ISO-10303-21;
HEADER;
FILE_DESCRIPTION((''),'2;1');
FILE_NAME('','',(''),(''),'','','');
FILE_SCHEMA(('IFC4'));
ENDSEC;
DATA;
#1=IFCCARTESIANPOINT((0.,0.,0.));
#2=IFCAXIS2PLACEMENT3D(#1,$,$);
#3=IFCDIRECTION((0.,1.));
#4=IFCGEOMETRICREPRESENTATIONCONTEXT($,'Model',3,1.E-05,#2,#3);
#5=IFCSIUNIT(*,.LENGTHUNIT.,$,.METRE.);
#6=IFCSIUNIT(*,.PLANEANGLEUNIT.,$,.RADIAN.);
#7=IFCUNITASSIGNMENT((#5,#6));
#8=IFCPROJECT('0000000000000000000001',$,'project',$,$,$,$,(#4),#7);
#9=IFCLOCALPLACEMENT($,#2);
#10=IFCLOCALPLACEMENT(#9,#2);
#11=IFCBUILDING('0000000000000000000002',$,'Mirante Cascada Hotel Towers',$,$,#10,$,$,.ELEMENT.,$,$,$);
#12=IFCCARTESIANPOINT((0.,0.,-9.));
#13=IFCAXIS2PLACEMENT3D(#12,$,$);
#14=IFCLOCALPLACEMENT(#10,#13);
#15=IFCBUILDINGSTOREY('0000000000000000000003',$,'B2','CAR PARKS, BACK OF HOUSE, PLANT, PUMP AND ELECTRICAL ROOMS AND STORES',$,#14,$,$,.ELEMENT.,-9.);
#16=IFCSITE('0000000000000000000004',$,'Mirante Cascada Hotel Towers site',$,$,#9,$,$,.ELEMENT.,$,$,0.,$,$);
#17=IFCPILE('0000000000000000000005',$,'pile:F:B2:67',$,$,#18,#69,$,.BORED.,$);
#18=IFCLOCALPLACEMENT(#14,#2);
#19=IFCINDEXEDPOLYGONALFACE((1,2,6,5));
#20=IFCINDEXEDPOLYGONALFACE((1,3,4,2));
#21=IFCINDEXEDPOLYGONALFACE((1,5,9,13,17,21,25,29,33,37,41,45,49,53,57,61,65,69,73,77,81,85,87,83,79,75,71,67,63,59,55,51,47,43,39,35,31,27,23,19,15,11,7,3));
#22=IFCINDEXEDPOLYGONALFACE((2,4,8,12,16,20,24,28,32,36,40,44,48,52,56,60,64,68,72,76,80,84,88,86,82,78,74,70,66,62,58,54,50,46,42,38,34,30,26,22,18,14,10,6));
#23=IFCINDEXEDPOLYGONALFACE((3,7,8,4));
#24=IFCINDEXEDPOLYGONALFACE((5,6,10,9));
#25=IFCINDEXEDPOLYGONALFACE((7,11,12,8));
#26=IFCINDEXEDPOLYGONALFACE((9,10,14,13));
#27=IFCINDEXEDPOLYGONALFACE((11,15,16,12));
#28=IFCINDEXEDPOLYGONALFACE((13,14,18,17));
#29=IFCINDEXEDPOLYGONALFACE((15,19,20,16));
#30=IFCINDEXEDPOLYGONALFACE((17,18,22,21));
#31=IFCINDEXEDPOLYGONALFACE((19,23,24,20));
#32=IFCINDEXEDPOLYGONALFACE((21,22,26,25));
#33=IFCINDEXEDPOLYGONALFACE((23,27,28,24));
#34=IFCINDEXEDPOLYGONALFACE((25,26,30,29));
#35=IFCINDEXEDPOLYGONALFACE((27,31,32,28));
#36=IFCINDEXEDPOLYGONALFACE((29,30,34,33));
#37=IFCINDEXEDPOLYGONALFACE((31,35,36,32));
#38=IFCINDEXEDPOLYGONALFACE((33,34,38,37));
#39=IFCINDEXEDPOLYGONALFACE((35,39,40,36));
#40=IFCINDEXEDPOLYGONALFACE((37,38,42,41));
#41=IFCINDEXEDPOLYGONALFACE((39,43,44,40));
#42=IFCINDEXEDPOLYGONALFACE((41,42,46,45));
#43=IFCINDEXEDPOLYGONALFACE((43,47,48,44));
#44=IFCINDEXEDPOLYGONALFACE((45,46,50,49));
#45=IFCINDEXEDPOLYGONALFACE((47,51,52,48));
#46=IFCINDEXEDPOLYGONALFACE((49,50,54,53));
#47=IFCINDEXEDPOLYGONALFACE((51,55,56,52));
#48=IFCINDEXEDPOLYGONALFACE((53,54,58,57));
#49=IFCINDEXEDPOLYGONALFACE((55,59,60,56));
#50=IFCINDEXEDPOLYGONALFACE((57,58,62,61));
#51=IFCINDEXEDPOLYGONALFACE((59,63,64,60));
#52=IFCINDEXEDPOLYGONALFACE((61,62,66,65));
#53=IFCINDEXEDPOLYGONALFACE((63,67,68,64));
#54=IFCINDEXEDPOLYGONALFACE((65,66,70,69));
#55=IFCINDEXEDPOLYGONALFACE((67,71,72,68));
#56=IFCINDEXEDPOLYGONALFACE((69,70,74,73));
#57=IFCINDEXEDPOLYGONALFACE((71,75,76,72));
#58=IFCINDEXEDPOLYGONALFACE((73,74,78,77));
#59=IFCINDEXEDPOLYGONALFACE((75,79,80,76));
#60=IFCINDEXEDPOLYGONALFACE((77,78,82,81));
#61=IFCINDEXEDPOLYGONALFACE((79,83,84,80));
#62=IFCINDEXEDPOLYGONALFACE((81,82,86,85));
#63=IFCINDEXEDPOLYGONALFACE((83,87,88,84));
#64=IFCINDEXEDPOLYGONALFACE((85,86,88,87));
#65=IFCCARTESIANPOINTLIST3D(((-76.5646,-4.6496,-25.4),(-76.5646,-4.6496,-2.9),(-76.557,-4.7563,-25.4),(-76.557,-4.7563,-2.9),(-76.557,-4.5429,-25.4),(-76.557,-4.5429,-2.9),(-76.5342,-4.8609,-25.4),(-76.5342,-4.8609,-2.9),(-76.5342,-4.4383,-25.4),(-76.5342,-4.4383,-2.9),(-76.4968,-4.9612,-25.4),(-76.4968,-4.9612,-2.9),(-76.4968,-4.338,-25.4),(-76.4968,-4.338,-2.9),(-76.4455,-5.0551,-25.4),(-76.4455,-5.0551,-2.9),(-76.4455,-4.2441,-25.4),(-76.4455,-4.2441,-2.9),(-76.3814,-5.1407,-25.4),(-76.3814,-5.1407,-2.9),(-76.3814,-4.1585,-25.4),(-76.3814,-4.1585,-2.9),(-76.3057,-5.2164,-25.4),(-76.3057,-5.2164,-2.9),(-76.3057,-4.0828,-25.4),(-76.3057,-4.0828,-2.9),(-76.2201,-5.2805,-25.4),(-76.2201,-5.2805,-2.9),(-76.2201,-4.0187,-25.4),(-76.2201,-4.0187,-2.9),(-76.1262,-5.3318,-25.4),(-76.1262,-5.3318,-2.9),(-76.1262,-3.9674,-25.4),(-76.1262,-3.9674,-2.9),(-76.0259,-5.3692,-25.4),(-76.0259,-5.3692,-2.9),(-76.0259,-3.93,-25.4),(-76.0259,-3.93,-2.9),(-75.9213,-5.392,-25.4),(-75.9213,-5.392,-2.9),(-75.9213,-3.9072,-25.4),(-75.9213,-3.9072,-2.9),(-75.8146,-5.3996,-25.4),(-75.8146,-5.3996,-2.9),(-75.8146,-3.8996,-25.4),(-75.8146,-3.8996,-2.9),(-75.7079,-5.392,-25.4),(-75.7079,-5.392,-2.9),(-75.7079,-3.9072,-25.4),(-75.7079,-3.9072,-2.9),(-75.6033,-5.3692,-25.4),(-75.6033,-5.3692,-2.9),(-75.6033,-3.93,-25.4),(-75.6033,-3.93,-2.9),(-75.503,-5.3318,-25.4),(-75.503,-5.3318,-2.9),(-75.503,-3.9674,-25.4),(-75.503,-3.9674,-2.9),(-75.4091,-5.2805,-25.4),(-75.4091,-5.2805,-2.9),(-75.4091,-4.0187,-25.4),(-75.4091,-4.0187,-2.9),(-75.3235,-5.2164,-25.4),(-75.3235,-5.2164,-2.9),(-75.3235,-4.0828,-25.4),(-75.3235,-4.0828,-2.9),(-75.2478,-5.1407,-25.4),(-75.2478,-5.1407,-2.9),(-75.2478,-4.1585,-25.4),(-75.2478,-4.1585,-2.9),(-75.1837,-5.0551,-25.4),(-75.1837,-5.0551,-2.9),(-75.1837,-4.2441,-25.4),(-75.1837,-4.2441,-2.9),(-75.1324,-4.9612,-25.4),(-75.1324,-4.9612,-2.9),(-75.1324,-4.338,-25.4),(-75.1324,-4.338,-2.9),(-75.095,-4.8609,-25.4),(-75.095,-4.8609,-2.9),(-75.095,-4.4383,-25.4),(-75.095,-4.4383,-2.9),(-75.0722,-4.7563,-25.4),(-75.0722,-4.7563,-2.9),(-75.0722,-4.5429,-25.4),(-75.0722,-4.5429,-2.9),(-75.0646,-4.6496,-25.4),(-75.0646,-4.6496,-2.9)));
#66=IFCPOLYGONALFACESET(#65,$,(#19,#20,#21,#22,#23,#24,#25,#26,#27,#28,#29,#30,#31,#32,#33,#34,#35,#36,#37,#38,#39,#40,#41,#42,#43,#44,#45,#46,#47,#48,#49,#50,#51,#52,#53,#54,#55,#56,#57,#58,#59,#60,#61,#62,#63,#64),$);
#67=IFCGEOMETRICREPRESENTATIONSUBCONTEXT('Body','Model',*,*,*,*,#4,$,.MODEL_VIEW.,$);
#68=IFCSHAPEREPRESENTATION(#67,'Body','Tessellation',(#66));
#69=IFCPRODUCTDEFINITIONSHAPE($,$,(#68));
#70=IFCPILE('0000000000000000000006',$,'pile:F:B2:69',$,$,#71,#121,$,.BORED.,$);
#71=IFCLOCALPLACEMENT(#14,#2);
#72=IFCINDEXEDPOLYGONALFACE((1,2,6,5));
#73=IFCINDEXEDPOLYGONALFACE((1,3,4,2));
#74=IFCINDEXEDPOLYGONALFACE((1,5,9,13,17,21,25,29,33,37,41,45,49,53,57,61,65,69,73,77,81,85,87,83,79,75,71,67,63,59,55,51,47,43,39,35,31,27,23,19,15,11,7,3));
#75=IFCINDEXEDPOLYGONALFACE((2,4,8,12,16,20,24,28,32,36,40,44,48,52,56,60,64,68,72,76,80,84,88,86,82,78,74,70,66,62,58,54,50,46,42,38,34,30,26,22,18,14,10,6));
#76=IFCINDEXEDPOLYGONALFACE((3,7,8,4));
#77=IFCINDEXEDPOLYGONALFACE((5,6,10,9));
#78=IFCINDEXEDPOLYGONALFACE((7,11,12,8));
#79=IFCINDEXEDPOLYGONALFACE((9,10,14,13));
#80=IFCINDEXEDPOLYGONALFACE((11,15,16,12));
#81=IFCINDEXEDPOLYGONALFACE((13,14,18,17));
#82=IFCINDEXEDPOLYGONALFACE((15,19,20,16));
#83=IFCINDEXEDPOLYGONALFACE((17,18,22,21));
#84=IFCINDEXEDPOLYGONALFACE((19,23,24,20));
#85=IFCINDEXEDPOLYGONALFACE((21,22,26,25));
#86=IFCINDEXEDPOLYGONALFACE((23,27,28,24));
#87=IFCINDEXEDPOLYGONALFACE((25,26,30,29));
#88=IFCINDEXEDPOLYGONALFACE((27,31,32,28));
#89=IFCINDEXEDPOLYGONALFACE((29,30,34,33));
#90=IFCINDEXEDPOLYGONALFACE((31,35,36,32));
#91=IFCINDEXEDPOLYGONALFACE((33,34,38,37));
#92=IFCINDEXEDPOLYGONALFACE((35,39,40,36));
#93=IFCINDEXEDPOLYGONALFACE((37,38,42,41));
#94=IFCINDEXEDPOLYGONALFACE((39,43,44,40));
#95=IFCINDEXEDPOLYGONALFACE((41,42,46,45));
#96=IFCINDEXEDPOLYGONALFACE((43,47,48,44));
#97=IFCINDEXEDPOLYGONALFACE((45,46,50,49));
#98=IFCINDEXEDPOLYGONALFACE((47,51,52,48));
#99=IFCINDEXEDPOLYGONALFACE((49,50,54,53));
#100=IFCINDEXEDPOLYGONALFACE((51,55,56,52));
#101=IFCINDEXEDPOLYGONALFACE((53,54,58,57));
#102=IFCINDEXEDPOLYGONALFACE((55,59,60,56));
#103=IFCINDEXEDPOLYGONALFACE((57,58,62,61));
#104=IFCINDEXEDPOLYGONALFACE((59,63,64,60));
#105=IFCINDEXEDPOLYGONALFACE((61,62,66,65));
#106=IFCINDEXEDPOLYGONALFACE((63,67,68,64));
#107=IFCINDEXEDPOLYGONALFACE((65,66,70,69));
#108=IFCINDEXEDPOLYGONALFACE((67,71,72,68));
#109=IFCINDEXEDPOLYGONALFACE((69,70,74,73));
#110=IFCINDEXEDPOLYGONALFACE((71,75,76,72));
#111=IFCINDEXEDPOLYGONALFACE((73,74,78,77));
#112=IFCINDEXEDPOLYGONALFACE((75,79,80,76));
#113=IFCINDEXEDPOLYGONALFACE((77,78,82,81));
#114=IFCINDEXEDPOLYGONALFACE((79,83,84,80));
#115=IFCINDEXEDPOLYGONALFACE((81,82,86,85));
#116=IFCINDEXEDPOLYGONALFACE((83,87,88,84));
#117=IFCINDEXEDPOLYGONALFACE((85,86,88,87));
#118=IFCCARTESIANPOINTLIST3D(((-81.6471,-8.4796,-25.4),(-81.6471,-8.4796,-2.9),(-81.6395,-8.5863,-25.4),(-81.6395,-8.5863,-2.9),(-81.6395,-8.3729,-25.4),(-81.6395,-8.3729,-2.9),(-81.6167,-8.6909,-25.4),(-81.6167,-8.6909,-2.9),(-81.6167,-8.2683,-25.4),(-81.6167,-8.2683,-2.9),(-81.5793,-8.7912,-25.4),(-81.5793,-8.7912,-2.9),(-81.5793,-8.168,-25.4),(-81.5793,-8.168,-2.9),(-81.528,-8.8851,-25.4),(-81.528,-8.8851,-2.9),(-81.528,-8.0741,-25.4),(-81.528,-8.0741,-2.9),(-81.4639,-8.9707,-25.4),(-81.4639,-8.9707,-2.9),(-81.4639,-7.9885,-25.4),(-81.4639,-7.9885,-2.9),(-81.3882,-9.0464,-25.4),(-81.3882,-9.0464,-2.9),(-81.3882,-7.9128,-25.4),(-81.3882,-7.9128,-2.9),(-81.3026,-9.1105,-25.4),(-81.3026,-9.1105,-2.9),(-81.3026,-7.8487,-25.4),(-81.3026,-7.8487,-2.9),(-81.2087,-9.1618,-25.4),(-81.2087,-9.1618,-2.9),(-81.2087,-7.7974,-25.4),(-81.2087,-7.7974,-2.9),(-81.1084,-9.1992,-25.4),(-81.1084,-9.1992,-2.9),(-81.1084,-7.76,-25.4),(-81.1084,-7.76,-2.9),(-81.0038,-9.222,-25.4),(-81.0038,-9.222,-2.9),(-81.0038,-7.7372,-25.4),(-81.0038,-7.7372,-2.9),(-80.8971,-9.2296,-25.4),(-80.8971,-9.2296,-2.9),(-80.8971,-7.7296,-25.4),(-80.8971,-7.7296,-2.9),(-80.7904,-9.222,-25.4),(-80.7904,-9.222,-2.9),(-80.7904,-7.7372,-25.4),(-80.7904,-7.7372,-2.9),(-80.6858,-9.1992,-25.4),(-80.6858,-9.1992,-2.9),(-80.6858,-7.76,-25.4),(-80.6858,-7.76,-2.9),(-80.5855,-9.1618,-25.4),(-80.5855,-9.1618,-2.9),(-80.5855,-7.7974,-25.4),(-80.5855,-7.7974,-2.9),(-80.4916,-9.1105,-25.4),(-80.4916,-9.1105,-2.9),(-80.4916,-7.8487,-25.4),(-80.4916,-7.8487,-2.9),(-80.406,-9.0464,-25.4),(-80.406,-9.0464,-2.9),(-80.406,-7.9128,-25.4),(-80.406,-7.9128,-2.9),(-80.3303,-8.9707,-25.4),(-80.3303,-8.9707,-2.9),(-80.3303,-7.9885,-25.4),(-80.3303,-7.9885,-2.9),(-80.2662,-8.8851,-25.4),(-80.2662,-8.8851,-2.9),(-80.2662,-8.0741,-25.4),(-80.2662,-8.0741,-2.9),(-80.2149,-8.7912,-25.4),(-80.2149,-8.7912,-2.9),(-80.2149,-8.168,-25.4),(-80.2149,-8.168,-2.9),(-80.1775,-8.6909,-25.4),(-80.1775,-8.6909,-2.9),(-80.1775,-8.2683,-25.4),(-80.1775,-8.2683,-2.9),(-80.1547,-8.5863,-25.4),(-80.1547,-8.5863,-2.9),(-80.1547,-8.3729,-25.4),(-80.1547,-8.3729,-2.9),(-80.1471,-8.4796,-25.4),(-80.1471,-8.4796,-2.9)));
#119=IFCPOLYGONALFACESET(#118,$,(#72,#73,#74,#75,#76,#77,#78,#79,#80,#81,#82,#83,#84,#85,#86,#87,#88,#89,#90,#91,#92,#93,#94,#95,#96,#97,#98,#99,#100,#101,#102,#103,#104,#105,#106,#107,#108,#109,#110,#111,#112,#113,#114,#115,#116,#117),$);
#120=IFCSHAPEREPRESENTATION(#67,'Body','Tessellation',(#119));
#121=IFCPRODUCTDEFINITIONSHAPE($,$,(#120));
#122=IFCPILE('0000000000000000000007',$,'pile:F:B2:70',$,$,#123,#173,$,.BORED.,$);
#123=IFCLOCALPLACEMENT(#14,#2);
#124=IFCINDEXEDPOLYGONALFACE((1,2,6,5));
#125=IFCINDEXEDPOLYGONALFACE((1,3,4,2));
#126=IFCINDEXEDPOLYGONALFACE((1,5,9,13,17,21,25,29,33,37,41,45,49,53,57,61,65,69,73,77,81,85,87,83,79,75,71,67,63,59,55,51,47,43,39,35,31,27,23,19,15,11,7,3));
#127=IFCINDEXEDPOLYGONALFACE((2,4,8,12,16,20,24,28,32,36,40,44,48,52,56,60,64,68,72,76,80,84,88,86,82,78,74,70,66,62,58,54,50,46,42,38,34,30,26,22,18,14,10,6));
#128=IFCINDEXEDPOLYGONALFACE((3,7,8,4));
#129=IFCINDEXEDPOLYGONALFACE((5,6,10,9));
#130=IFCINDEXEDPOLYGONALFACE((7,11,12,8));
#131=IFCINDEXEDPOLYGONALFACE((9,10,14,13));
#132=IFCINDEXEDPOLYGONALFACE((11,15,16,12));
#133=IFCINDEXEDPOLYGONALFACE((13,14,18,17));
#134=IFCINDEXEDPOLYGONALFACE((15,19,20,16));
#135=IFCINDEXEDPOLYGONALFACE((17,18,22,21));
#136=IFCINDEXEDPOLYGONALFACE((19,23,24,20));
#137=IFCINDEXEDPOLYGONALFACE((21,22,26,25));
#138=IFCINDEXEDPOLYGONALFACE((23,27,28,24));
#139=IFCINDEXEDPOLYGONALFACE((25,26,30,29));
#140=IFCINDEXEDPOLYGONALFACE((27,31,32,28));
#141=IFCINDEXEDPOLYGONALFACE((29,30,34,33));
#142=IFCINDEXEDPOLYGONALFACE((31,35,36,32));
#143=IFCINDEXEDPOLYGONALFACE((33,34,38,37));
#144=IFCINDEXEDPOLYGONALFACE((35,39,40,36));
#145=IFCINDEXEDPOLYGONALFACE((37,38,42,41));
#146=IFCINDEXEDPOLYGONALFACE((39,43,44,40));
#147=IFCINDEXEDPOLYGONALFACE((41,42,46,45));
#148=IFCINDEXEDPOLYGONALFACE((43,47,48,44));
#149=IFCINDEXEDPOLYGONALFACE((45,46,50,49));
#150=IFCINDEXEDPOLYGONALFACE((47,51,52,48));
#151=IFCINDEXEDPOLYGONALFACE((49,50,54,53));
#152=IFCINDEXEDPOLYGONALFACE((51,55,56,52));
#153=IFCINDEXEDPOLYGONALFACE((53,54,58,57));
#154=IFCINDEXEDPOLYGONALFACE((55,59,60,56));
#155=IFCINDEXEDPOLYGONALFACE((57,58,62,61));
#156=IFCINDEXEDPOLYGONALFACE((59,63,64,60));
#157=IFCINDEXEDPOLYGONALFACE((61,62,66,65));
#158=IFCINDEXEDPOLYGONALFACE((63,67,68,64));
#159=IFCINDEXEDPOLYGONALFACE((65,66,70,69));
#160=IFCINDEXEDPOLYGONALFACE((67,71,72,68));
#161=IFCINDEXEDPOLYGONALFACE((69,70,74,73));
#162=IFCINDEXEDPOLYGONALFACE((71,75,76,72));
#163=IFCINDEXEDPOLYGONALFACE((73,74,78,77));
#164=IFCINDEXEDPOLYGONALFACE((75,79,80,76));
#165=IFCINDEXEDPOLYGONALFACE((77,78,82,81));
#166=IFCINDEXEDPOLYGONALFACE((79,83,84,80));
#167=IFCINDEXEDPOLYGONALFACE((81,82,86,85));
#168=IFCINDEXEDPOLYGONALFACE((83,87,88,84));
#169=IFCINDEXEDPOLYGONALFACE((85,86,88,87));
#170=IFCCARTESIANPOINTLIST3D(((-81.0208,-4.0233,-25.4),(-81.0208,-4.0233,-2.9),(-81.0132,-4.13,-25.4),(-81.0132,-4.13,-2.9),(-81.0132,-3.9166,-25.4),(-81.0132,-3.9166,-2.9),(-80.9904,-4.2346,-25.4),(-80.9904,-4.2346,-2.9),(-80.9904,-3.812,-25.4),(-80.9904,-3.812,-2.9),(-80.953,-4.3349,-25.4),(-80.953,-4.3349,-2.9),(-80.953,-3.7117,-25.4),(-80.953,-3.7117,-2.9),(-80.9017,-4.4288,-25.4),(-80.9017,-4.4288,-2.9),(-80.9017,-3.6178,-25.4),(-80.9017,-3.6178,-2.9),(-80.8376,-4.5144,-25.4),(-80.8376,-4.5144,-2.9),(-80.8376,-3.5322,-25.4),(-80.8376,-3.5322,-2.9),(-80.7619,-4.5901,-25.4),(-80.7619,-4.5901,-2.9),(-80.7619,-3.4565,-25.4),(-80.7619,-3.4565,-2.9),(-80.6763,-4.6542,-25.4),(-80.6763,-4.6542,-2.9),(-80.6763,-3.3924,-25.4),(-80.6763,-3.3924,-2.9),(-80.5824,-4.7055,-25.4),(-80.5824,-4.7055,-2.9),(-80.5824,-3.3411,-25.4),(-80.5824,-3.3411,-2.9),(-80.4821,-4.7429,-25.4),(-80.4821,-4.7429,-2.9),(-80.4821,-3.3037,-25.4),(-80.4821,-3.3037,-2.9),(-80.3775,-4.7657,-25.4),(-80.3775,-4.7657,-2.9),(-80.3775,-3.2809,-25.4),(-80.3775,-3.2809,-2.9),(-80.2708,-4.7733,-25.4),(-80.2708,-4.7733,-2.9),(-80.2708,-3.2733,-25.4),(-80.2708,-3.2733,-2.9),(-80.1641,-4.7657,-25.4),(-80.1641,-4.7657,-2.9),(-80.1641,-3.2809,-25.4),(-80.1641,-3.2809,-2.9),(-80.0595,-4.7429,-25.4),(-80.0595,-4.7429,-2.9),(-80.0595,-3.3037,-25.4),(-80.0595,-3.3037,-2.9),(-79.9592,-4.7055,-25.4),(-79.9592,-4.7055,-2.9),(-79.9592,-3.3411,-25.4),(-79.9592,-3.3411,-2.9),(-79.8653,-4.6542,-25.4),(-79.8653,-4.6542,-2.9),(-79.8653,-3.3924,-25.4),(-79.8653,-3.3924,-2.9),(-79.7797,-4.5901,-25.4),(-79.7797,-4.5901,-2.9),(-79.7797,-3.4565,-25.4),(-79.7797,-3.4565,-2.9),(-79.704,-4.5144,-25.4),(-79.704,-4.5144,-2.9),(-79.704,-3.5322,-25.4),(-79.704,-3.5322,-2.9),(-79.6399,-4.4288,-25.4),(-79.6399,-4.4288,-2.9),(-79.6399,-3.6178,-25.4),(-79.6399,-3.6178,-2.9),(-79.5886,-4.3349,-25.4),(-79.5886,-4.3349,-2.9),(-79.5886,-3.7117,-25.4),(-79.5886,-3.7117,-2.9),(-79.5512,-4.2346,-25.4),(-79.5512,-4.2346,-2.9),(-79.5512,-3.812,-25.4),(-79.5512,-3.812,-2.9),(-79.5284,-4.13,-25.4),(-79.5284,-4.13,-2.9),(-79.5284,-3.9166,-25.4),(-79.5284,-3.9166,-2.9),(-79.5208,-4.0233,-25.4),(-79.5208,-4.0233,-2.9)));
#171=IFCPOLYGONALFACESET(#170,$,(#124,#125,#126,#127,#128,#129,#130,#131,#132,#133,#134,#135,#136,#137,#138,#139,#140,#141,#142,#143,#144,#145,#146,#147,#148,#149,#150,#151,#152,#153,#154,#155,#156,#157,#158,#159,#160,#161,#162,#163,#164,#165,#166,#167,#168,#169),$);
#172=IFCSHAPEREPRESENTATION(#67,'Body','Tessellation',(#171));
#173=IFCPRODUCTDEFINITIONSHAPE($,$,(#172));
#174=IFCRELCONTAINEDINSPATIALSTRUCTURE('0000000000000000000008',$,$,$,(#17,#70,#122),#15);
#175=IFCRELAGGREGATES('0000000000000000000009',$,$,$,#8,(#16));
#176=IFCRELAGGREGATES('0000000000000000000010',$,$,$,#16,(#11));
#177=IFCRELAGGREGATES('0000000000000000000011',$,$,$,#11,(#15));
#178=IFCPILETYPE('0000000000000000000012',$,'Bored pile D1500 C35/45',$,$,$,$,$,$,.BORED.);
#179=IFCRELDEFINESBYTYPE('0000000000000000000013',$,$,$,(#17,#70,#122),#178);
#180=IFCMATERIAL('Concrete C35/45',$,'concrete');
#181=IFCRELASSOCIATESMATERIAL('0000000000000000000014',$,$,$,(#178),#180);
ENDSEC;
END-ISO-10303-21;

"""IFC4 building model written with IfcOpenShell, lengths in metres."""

from ifc_helpers import new_model, si_unit, direction, frame, origin, origin_2d, place, context, subcontext, project, spatial, circle, extrude, material, material_profile, profile_set, type_object, element, save


model = new_model("IFC4")

# Units and contexts
model_context = context("Model", 3, precision=1e-05, world=origin(), true_north=direction((0.0, 1.0)))
body_context = subcontext(model_context, "Body", "Model", "MODEL_VIEW")
ifc_project = project(units=[si_unit("LENGTHUNIT", "METRE"), si_unit("PLANEANGLEUNIT", "RADIAN")], contexts=[model_context])

# Site, building, storey
site_placement = place(None, origin())
site = spatial("IfcSite", under=ifc_project, at=site_placement, Name="Mirante Cascada Hotel Towers site", CompositionType="ELEMENT", RefElevation=0.0)
building_placement = place(site_placement, origin())
building = spatial("IfcBuilding", under=site, at=building_placement, Name="Mirante Cascada Hotel Towers", CompositionType="ELEMENT")
storey_placement = place(building_placement, frame((0.0, 0.0, -9.0)))
storey = spatial("IfcBuildingStorey", under=building, at=storey_placement, Name="B2", Description="CAR PARKS, BACK OF HOUSE, PLANT, PUMP AND ELECTRICAL ROOMS AND STORES", CompositionType="ELEMENT", Elevation=-9.0)

# Piles
ifc_material_1 = material(Name="Concrete C35/45", Category="concrete")
ifc_material_profile_1 = material_profile(ifc_material_1, circle(Radius=0.75, at=origin_2d()), Name="RC D1500")
ifc_profile_set_1 = profile_set([ifc_material_profile_1], Name="Concrete C35/45")
pile_type = type_object("IfcPileType", Name="Bored pile D1500 C35/45", PredefinedType="BORED", material=ifc_profile_set_1)
for number, where, z_axis, x_axis, name in (
    (1, (-75.8146, -4.6496, -2.9), (0.0, 0.0, -1.0), (1.0, 0.0, 0.0), "pile:F:B2:67"),
    (2, (-80.8971, -8.4796, -2.9), (0.0, 0.0, -1.0), (1.0, 0.0, 0.0), "pile:F:B2:69"),
    (3, (-80.2708, -4.0233, -2.9), (0.0, 0.0, -1.0), (1.0, 0.0, 0.0), "pile:F:B2:70"),
):
    element("IfcPile", number, at=place(storey_placement, frame(where, z_axis=z_axis, x_axis=x_axis)), inside=storey, type_object=pile_type, Name=name, PredefinedType="BORED", context=body_context, shape_type="SweptSolid", body=[
        extrude(circle(Radius=0.75, at=origin_2d()), origin(), (0.0, 0.0, 1.0), 22.5),
    ])

save(model, "model.ifc")
